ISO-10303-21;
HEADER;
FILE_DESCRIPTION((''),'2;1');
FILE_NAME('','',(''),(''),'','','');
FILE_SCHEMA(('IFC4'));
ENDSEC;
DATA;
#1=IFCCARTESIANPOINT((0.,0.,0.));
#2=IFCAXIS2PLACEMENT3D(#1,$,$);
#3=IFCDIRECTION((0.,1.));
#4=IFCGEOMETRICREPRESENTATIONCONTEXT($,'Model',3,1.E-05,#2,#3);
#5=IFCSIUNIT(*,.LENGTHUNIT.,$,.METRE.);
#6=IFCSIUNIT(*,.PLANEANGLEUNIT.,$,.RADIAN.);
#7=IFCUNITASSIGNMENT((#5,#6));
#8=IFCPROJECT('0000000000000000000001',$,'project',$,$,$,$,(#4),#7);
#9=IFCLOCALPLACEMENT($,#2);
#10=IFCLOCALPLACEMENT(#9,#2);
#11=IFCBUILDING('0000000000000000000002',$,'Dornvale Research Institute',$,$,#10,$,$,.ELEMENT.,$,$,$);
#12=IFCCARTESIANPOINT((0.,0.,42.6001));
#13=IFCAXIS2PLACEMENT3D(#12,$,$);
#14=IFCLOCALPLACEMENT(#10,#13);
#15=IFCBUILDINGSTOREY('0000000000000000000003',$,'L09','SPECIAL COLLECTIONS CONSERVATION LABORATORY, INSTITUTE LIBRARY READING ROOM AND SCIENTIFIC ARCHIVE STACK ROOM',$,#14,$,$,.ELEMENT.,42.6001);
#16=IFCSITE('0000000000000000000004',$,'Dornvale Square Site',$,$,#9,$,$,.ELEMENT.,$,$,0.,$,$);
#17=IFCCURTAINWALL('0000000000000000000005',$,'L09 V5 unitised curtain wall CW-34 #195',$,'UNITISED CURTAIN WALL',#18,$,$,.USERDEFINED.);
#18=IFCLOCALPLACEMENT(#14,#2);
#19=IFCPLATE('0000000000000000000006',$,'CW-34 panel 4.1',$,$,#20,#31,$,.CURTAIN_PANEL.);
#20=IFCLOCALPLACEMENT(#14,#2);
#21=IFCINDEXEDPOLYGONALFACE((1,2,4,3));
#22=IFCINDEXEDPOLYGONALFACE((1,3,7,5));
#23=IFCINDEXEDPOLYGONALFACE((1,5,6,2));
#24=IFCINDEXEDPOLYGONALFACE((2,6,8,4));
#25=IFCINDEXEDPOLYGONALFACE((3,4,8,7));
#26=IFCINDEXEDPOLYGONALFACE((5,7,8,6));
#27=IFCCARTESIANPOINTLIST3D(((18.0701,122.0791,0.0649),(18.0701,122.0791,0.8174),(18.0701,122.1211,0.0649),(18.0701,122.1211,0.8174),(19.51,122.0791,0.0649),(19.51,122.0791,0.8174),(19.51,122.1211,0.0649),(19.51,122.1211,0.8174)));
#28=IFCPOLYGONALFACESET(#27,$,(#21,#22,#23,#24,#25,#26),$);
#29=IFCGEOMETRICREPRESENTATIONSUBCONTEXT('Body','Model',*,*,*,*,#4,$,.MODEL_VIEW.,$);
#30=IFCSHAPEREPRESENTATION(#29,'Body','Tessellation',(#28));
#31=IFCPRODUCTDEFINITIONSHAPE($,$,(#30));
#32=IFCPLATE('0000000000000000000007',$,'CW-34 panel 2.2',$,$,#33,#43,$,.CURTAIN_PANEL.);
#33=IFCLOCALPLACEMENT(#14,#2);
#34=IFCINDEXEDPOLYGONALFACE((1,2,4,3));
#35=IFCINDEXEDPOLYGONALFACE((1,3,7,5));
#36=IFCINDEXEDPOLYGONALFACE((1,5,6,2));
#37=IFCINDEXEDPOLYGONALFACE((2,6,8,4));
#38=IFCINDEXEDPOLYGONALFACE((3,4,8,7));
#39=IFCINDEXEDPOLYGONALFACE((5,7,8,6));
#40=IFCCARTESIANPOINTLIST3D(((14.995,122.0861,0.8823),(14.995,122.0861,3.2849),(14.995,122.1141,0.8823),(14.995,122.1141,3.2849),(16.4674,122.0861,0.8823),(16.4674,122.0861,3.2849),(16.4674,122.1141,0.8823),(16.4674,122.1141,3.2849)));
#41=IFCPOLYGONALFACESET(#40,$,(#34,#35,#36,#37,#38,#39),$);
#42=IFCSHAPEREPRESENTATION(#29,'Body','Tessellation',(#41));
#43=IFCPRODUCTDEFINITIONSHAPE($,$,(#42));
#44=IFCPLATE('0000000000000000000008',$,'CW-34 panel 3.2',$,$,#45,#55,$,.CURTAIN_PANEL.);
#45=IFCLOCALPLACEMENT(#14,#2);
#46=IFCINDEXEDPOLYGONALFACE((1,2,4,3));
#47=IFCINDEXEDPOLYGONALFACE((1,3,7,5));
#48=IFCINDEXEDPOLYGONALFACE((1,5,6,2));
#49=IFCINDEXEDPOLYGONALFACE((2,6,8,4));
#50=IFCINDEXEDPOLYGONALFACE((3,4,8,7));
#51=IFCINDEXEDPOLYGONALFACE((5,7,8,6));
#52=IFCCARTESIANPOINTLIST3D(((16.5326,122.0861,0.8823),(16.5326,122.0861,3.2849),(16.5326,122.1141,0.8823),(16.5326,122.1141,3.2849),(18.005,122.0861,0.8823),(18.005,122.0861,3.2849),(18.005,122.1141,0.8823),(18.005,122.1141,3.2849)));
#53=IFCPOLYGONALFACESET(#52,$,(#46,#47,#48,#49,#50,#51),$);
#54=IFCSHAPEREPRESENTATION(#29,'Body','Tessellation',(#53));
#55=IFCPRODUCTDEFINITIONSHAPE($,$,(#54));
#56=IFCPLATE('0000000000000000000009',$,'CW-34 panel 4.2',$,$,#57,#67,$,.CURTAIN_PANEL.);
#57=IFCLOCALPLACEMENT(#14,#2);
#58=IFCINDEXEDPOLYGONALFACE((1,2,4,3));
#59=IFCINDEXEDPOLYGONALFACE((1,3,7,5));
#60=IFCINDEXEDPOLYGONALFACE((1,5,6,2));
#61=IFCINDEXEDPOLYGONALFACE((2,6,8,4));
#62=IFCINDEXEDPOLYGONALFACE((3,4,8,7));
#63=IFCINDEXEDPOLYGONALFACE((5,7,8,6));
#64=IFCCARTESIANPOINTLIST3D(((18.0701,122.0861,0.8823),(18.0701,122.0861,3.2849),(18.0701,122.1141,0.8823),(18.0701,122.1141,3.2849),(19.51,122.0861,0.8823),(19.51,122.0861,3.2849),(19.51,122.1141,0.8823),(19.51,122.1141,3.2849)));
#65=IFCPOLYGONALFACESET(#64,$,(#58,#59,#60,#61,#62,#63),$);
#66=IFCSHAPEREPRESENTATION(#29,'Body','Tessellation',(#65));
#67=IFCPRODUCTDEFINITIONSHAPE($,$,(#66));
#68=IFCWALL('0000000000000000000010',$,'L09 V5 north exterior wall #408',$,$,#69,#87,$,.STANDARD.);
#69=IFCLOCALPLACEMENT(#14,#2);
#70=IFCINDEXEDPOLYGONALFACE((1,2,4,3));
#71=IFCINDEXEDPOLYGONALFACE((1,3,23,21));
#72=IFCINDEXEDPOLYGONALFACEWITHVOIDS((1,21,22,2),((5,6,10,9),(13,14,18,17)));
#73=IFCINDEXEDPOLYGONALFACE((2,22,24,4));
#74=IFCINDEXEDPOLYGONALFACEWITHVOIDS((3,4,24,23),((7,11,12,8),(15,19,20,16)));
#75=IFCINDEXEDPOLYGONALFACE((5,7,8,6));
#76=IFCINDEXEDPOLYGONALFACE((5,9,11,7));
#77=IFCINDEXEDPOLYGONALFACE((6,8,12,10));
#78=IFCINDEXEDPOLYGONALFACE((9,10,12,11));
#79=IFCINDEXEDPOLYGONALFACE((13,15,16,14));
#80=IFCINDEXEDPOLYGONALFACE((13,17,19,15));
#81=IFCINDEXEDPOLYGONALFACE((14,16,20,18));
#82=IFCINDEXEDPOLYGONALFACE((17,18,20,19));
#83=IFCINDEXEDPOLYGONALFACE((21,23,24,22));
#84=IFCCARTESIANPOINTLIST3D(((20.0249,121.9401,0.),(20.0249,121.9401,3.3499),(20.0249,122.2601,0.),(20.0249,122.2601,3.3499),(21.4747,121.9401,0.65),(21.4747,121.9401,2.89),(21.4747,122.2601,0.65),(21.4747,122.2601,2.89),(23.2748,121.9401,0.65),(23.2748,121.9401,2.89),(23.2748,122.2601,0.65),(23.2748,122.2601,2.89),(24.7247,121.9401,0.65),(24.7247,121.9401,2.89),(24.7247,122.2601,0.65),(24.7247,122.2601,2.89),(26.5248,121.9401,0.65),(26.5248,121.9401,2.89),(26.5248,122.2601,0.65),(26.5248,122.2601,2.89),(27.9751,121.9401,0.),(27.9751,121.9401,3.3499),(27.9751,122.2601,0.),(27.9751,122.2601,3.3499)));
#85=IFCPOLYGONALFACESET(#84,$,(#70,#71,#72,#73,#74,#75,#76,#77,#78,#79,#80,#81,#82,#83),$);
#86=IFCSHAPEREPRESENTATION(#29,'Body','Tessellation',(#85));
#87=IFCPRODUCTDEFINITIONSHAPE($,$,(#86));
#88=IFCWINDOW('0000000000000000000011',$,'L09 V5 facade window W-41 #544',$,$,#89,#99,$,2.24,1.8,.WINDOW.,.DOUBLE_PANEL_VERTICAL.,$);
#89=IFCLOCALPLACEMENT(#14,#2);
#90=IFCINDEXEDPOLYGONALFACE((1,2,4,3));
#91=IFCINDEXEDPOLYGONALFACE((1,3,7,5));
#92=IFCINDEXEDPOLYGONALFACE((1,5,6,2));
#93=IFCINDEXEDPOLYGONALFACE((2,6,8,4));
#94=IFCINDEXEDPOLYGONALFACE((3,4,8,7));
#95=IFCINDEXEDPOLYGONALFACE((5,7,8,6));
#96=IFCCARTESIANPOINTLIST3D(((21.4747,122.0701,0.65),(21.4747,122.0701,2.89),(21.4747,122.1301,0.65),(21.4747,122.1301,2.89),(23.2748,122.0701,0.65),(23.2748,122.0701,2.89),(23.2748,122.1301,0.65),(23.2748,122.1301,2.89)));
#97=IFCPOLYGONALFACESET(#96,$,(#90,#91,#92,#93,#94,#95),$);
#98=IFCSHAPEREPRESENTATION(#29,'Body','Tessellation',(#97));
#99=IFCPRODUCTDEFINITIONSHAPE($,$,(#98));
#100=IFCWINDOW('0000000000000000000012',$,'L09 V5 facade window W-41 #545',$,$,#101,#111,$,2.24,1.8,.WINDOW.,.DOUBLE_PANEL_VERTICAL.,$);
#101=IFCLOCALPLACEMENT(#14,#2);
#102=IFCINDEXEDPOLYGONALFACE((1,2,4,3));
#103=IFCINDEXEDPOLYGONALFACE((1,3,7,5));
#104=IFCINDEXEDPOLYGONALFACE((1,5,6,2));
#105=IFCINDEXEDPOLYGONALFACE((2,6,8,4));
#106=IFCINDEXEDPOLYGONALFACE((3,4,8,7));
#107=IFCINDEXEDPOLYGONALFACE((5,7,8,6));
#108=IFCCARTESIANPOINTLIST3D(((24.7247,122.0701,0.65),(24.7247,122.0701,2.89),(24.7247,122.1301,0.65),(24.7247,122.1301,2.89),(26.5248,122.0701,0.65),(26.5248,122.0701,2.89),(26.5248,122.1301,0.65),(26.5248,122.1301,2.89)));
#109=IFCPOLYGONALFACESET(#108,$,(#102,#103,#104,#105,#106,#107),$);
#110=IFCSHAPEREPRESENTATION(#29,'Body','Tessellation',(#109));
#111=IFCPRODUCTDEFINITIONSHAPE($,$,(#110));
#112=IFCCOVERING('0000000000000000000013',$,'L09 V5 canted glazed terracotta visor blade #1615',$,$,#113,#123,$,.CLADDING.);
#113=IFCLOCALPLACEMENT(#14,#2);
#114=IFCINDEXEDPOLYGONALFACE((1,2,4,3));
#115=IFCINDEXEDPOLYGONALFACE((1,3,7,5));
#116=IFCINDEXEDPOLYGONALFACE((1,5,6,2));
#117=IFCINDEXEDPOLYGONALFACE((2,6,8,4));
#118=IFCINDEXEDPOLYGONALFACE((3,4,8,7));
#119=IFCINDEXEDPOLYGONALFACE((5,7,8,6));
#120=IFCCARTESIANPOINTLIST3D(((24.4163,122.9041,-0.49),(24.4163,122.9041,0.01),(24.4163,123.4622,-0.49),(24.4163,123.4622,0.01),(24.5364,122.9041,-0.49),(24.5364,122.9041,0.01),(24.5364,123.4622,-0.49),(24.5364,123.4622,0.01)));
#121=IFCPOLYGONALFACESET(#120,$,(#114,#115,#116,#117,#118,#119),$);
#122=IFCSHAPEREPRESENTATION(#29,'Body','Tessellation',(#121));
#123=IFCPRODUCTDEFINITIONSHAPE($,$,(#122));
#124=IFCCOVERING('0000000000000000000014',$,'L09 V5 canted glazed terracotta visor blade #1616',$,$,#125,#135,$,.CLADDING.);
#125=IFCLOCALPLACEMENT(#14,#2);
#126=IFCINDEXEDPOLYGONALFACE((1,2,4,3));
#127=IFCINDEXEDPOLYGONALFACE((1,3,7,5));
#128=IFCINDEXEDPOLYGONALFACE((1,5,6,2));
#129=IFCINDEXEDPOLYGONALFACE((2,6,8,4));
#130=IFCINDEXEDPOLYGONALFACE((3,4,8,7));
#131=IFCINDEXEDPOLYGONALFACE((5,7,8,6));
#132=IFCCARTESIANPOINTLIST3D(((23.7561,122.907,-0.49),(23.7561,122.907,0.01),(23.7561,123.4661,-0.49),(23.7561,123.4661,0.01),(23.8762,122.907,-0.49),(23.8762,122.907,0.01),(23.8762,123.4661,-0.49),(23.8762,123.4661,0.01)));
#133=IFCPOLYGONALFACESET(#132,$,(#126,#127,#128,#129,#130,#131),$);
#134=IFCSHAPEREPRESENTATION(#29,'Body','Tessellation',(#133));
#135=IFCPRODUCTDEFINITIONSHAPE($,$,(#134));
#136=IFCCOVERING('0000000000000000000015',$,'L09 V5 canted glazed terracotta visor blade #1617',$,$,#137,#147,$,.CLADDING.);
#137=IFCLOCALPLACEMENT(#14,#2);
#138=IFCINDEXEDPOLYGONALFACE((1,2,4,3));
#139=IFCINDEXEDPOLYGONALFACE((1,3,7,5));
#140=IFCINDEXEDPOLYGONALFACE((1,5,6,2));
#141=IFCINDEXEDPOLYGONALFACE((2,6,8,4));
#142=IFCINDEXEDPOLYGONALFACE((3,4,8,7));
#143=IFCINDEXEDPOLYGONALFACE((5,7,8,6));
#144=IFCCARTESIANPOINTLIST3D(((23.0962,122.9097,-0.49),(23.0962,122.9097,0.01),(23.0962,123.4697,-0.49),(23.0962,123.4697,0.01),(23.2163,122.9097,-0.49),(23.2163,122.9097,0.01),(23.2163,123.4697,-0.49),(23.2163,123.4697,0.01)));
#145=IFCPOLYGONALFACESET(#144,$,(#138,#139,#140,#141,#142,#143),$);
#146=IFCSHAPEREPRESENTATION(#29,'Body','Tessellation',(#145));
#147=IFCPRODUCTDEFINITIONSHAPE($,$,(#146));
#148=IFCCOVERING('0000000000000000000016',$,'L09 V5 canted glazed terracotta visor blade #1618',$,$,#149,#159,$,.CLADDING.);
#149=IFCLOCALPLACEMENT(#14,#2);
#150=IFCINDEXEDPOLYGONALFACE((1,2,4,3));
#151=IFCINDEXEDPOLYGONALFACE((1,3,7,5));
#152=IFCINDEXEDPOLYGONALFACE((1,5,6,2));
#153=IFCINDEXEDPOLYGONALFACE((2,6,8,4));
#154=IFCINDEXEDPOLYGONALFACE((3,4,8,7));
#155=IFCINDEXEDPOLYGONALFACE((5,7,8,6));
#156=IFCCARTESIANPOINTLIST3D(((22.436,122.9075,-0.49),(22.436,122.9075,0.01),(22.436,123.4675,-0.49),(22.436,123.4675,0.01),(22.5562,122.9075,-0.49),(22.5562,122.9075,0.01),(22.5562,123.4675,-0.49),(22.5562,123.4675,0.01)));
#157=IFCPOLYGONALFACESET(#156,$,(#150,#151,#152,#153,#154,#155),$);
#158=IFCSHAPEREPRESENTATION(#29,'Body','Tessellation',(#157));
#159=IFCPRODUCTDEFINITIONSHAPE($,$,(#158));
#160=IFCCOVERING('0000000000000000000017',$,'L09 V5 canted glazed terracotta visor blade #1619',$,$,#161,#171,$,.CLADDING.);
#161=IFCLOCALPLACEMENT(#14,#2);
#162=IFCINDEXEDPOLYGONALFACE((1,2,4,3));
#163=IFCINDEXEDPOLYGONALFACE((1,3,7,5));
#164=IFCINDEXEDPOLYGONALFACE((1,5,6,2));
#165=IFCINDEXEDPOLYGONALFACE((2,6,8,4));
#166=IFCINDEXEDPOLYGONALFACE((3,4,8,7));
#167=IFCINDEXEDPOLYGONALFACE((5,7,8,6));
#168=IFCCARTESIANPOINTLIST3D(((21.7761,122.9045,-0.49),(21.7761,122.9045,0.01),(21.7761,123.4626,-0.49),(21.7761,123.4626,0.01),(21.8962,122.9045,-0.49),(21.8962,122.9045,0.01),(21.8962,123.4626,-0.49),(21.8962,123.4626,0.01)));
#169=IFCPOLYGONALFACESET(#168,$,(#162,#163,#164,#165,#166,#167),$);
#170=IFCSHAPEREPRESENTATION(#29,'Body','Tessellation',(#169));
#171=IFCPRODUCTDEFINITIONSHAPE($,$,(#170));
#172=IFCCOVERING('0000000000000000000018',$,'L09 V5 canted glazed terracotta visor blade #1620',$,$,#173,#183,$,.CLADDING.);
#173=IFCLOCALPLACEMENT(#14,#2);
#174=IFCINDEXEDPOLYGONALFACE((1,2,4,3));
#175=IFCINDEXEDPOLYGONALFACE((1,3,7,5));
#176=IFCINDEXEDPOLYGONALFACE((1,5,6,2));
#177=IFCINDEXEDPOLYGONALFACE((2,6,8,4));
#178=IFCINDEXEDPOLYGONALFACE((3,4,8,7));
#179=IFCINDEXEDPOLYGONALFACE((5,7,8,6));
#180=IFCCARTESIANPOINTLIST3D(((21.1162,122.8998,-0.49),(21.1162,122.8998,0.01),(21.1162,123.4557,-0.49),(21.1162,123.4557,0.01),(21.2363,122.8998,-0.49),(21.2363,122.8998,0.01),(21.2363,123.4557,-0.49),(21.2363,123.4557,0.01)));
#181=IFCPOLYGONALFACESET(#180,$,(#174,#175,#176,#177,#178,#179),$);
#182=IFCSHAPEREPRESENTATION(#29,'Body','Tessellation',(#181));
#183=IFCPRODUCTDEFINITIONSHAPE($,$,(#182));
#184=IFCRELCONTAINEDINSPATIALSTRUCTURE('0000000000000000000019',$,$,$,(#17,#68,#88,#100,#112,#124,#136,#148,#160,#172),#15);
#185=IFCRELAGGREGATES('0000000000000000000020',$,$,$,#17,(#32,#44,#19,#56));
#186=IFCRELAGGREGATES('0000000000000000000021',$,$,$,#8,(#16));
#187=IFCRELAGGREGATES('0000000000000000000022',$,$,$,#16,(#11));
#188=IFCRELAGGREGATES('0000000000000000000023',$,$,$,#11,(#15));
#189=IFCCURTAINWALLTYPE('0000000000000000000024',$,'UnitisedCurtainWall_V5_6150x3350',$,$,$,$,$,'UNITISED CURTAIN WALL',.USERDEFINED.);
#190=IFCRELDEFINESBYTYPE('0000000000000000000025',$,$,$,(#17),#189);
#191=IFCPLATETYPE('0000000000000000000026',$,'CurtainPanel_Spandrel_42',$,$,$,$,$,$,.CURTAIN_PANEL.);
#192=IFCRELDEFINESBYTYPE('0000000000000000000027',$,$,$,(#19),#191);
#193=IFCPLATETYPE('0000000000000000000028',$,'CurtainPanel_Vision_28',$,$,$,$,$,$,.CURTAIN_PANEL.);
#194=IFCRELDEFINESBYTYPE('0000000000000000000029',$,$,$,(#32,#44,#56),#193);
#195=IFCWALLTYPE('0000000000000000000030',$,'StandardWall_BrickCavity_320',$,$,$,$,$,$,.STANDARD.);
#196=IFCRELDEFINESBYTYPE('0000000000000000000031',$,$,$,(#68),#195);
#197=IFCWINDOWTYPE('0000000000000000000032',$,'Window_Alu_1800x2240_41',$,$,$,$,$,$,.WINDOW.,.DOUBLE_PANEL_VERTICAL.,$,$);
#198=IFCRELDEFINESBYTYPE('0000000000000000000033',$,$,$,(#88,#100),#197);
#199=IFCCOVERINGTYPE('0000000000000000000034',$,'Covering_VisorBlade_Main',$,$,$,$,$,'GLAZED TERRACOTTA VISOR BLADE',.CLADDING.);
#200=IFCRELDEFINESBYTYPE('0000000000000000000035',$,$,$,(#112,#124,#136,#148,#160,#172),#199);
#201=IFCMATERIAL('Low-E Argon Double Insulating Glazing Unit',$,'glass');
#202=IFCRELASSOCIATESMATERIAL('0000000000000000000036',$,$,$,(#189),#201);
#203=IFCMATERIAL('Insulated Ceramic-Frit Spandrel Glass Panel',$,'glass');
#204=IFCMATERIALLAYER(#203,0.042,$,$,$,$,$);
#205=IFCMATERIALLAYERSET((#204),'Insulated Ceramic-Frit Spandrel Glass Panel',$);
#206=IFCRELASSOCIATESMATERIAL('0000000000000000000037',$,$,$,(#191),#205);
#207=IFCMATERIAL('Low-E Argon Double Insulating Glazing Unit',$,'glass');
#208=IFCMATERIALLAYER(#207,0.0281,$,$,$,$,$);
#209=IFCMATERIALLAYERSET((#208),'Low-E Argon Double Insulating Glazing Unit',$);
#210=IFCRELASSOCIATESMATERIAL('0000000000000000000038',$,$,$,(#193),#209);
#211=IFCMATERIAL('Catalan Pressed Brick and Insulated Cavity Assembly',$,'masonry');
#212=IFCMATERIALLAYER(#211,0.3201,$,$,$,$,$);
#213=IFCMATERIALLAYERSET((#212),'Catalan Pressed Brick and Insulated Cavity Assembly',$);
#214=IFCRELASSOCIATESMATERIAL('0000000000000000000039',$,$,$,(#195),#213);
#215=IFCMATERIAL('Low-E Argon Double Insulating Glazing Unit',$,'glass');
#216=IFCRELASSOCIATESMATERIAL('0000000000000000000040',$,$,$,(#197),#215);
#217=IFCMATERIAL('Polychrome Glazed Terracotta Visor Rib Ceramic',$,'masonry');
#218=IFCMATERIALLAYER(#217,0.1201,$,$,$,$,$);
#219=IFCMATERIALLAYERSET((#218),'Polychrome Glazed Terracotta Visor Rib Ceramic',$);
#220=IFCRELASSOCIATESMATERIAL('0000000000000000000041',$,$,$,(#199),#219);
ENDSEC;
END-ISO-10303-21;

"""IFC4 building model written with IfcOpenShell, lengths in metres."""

from ifc_helpers import new_model, si_unit, direction, frame, frame_2d, origin, origin_2d, place, context, subcontext, project, spatial, rectangle, extrude, material, layer, layer_set, type_object, element, fill, aggregate, save


model = new_model("IFC4")

# Units and contexts
model_context = context("Model", 3, precision=1e-05, world=origin(), true_north=direction((0.0, 1.0)))
body_context = subcontext(model_context, "Body", "Model", "MODEL_VIEW")
ifc_project = project(units=[si_unit("LENGTHUNIT", "METRE"), si_unit("PLANEANGLEUNIT", "RADIAN")], contexts=[model_context])

# Site, building, storey
site_placement = place(None, origin())
site = spatial("IfcSite", under=ifc_project, at=site_placement, Name="Dornvale Square Site", CompositionType="ELEMENT", RefElevation=0.0)
building_placement = place(site_placement, origin())
building = spatial("IfcBuilding", under=site, at=building_placement, Name="Dornvale Research Institute", CompositionType="ELEMENT")
storey_placement = place(building_placement, frame((0.0, 0.0, 42.6001)))
storey = spatial("IfcBuildingStorey", under=building, at=storey_placement, Name="L09", Description="SPECIAL COLLECTIONS CONSERVATION LABORATORY, INSTITUTE LIBRARY READING ROOM AND SCIENTIFIC ARCHIVE STACK ROOM", CompositionType="ELEMENT", Elevation=42.6001)

# Curtain wall
ifc_material_1 = material(Name="Low-E Argon Double Insulating Glazing Unit", Category="glass")
curtain_wall_type = type_object("IfcCurtainWallType", Name="UnitisedCurtainWall_V5_6150x3350", ElementType="UNITISED CURTAIN WALL", PredefinedType="USERDEFINED", material=ifc_material_1)
curtain_wall_placement = place(storey_placement, origin())
curtain_wall = element("IfcCurtainWall", 1, at=curtain_wall_placement, inside=storey, type_object=curtain_wall_type, Name="L09 V5 unitised curtain wall CW-34 #195", ObjectType="UNITISED CURTAIN WALL", PredefinedType="USERDEFINED")

# Plates
ifc_material_2 = material(Name="Insulated Ceramic-Frit Spandrel Glass Panel", Category="glass")
ifc_layer_1 = layer(ifc_material_2, 0.042)
ifc_layer_set_1 = layer_set([ifc_layer_1], Name="Insulated Ceramic-Frit Spandrel Glass Panel")
plate_type_1 = type_object("IfcPlateType", Name="CurtainPanel_Spandrel_42", PredefinedType="CURTAIN_PANEL", material=ifc_layer_set_1)
plate_1_placement = place(storey_placement, frame((18.79, 122.1001, 0.0649), z_axis=(0.0, 0.0, 1.0), x_axis=(1.0, 0.0, 0.0)))
plate_1 = element("IfcPlate", 2, at=plate_1_placement, type_object=plate_type_1, Name="CW-34 panel 4.1", PredefinedType="CURTAIN_PANEL", context=body_context, shape_type="SweptSolid", body=[
    extrude(rectangle(XDim=1.4399, YDim=0.042, at=origin_2d()), origin(), (0.0, 0.0, 1.0), 0.7524),
])
ifc_material_3 = material(Name="Low-E Argon Double Insulating Glazing Unit", Category="glass")
ifc_layer_2 = layer(ifc_material_3, 0.0281)
ifc_layer_set_2 = layer_set([ifc_layer_2], Name="Low-E Argon Double Insulating Glazing Unit")
plate_type_2 = type_object("IfcPlateType", Name="CurtainPanel_Vision_28", PredefinedType="CURTAIN_PANEL", material=ifc_layer_set_2)
plate_2_placement = place(storey_placement, frame((15.7312, 122.1001, 0.8823), z_axis=(0.0, 0.0, 1.0), x_axis=(1.0, 0.0, 0.0)))
plate_2 = element("IfcPlate", 3, at=plate_2_placement, type_object=plate_type_2, Name="CW-34 panel 2.2", PredefinedType="CURTAIN_PANEL", context=body_context, shape_type="SweptSolid", body=[
    extrude(rectangle(XDim=1.4724, YDim=0.0281, at=origin_2d()), origin(), (0.0, 0.0, 1.0), 2.4026),
])
plate_3_placement = place(storey_placement, frame((17.2688, 122.1001, 0.8823), z_axis=(0.0, 0.0, 1.0), x_axis=(1.0, 0.0, 0.0)))
plate_3 = element("IfcPlate", 4, at=plate_3_placement, type_object=plate_type_2, Name="CW-34 panel 3.2", PredefinedType="CURTAIN_PANEL", context=body_context, shape_type="SweptSolid", body=[
    extrude(rectangle(XDim=1.4724, YDim=0.0281, at=origin_2d()), origin(), (0.0, 0.0, 1.0), 2.4026),
])
plate_4_placement = place(storey_placement, frame((18.79, 122.1001, 0.8823), z_axis=(0.0, 0.0, 1.0), x_axis=(1.0, 0.0, 0.0)))
plate_4 = element("IfcPlate", 5, at=plate_4_placement, type_object=plate_type_2, Name="CW-34 panel 4.2", PredefinedType="CURTAIN_PANEL", context=body_context, shape_type="SweptSolid", body=[
    extrude(rectangle(XDim=1.4399, YDim=0.0281, at=origin_2d()), origin(), (0.0, 0.0, 1.0), 2.4026),
])
aggregate(curtain_wall, [plate_2, plate_3, plate_1, plate_4])

# Wall, openings, windows
ifc_material_4 = material(Name="Catalan Pressed Brick and Insulated Cavity Assembly", Category="masonry")
ifc_layer_3 = layer(ifc_material_4, 0.3201)
ifc_layer_set_3 = layer_set([ifc_layer_3], Name="Catalan Pressed Brick and Insulated Cavity Assembly")
wall_type = type_object("IfcWallType", Name="StandardWall_BrickCavity_320", PredefinedType="STANDARD", material=ifc_layer_set_3)
wall_placement = place(storey_placement, frame((20.0249, 122.1001, 0.0), z_axis=(0.0, 0.0, 1.0), x_axis=(1.0, 0.0, 0.0)))
wall = element("IfcWall", 6, at=wall_placement, inside=storey, type_object=wall_type, Name="L09 V5 north exterior wall #408", PredefinedType="STANDARD", context=body_context, shape_type="SweptSolid", body=[
    extrude(rectangle(XDim=7.9502, YDim=0.3201, at=frame_2d((3.9751, 0.0))), origin(), (0.0, 0.0, 1.0), 3.3499),
])
opening_1_placement = place(wall_placement, frame((1.45, 0.0, 0.6499)))
opening_1 = element("IfcOpeningElement", 7, at=opening_1_placement, cuts=wall, PredefinedType="OPENING", context=body_context, shape_type="SweptSolid", body=[
    extrude(rectangle(XDim=1.8, YDim=2.24, at=frame_2d((0.8999, 1.1201))), frame((0.0, 0.175, 0.0), z_axis=(0.0, -1.0, 0.0), x_axis=(1.0, 0.0, 0.0)), (0.0, 0.0, 1.0), 0.3501),
])
opening_2_placement = place(wall_placement, frame((4.7, 0.0, 0.6499)))
opening_2 = element("IfcOpeningElement", 8, at=opening_2_placement, cuts=wall, PredefinedType="OPENING", context=body_context, shape_type="SweptSolid", body=[
    extrude(rectangle(XDim=1.8, YDim=2.24, at=frame_2d((0.8999, 1.1201))), frame((0.0, 0.175, 0.0), z_axis=(0.0, -1.0, 0.0), x_axis=(1.0, 0.0, 0.0)), (0.0, 0.0, 1.0), 0.3501),
])
ifc_material_5 = material(Name="Low-E Argon Double Insulating Glazing Unit", Category="glass")
window_type = type_object("IfcWindowType", Name="Window_Alu_1800x2240_41", PartitioningType="DOUBLE_PANEL_VERTICAL", PredefinedType="WINDOW", material=ifc_material_5)
window_1_placement = place(opening_1_placement, origin())
window_1 = element("IfcWindow", 9, at=window_1_placement, inside=storey, type_object=window_type, Name="L09 V5 facade window W-41 #544", OverallHeight=2.24, OverallWidth=1.8, PartitioningType="DOUBLE_PANEL_VERTICAL", PredefinedType="WINDOW", context=body_context, shape_type="SweptSolid", body=[
    extrude(rectangle(XDim=1.8, YDim=2.24, at=frame_2d((0.8999, 1.1201))), frame((0.0, 0.03, 0.0), z_axis=(0.0, -1.0, 0.0), x_axis=(1.0, 0.0, 0.0)), (0.0, 0.0, 1.0), 0.0601),
])
fill(opening_1, window_1)
window_2_placement = place(opening_2_placement, origin())
window_2 = element("IfcWindow", 10, at=window_2_placement, inside=storey, type_object=window_type, Name="L09 V5 facade window W-41 #545", OverallHeight=2.24, OverallWidth=1.8, PartitioningType="DOUBLE_PANEL_VERTICAL", PredefinedType="WINDOW", context=body_context, shape_type="SweptSolid", body=[
    extrude(rectangle(XDim=1.8, YDim=2.24, at=frame_2d((0.8999, 1.1201))), frame((0.0, 0.03, 0.0), z_axis=(0.0, -1.0, 0.0), x_axis=(1.0, 0.0, 0.0)), (0.0, 0.0, 1.0), 0.0601),
])
fill(opening_2, window_2)

# Coverings
ifc_material_6 = material(Name="Polychrome Glazed Terracotta Visor Rib Ceramic", Category="masonry")
ifc_layer_4 = layer(ifc_material_6, 0.1201)
ifc_layer_set_4 = layer_set([ifc_layer_4], Name="Polychrome Glazed Terracotta Visor Rib Ceramic")
covering_type = type_object("IfcCoveringType", Name="Covering_VisorBlade_Main", ElementType="GLAZED TERRACOTTA VISOR BLADE", PredefinedType="CLADDING", material=ifc_layer_set_4)
covering_1_placement = place(storey_placement, frame((24.4763, 123.1831, -0.49), z_axis=(0.0, 0.0, 1.0), x_axis=(0.0, 1.0, 0.0)))
element("IfcCovering", 11, at=covering_1_placement, inside=storey, type_object=covering_type, Name="L09 V5 canted glazed terracotta visor blade #1615", PredefinedType="CLADDING", context=body_context, shape_type="SweptSolid", body=[
    extrude(rectangle(XDim=0.5581, YDim=0.1201, at=origin_2d()), origin(), (0.0, 0.0, 1.0), 0.5),
])
covering_2_placement = place(storey_placement, frame((23.8162, 123.1865, -0.49), z_axis=(0.0, 0.0, 1.0), x_axis=(0.0, 1.0, 0.0)))
element("IfcCovering", 12, at=covering_2_placement, inside=storey, type_object=covering_type, Name="L09 V5 canted glazed terracotta visor blade #1616", PredefinedType="CLADDING", context=body_context, shape_type="SweptSolid", body=[
    extrude(rectangle(XDim=0.5591, YDim=0.1201, at=origin_2d()), origin(), (0.0, 0.0, 1.0), 0.5),
])
for number, where, z_axis, x_axis, name in (
    (13, (23.1562, 123.1897, -0.49), (0.0, 0.0, 1.0), (0.0, 1.0, 0.0), "L09 V5 canted glazed terracotta visor blade #1617"),
    (14, (22.4961, 123.1875, -0.49), (0.0, 0.0, 1.0), (0.0, 1.0, 0.0), "L09 V5 canted glazed terracotta visor blade #1618"),
):
    element("IfcCovering", number, at=place(storey_placement, frame(where, z_axis=z_axis, x_axis=x_axis)), inside=storey, type_object=covering_type, Name=name, PredefinedType="CLADDING", context=body_context, shape_type="SweptSolid", body=[
        extrude(rectangle(XDim=0.5601, YDim=0.1201, at=origin_2d()), origin(), (0.0, 0.0, 1.0), 0.5),
    ])
covering_3_placement = place(storey_placement, frame((21.8362, 123.1836, -0.49), z_axis=(0.0, 0.0, 1.0), x_axis=(0.0, 1.0, 0.0)))
element("IfcCovering", 15, at=covering_3_placement, inside=storey, type_object=covering_type, Name="L09 V5 canted glazed terracotta visor blade #1619", PredefinedType="CLADDING", context=body_context, shape_type="SweptSolid", body=[
    extrude(rectangle(XDim=0.5581, YDim=0.1201, at=origin_2d()), origin(), (0.0, 0.0, 1.0), 0.5),
])
covering_4_placement = place(storey_placement, frame((21.1763, 123.1777, -0.49), z_axis=(0.0, 0.0, 1.0), x_axis=(0.0, 1.0, 0.0)))
element("IfcCovering", 16, at=covering_4_placement, inside=storey, type_object=covering_type, Name="L09 V5 canted glazed terracotta visor blade #1620", PredefinedType="CLADDING", context=body_context, shape_type="SweptSolid", body=[
    extrude(rectangle(XDim=0.5559, YDim=0.1201, at=origin_2d()), origin(), (0.0, 0.0, 1.0), 0.5),
])

save(model, "model.ifc")
